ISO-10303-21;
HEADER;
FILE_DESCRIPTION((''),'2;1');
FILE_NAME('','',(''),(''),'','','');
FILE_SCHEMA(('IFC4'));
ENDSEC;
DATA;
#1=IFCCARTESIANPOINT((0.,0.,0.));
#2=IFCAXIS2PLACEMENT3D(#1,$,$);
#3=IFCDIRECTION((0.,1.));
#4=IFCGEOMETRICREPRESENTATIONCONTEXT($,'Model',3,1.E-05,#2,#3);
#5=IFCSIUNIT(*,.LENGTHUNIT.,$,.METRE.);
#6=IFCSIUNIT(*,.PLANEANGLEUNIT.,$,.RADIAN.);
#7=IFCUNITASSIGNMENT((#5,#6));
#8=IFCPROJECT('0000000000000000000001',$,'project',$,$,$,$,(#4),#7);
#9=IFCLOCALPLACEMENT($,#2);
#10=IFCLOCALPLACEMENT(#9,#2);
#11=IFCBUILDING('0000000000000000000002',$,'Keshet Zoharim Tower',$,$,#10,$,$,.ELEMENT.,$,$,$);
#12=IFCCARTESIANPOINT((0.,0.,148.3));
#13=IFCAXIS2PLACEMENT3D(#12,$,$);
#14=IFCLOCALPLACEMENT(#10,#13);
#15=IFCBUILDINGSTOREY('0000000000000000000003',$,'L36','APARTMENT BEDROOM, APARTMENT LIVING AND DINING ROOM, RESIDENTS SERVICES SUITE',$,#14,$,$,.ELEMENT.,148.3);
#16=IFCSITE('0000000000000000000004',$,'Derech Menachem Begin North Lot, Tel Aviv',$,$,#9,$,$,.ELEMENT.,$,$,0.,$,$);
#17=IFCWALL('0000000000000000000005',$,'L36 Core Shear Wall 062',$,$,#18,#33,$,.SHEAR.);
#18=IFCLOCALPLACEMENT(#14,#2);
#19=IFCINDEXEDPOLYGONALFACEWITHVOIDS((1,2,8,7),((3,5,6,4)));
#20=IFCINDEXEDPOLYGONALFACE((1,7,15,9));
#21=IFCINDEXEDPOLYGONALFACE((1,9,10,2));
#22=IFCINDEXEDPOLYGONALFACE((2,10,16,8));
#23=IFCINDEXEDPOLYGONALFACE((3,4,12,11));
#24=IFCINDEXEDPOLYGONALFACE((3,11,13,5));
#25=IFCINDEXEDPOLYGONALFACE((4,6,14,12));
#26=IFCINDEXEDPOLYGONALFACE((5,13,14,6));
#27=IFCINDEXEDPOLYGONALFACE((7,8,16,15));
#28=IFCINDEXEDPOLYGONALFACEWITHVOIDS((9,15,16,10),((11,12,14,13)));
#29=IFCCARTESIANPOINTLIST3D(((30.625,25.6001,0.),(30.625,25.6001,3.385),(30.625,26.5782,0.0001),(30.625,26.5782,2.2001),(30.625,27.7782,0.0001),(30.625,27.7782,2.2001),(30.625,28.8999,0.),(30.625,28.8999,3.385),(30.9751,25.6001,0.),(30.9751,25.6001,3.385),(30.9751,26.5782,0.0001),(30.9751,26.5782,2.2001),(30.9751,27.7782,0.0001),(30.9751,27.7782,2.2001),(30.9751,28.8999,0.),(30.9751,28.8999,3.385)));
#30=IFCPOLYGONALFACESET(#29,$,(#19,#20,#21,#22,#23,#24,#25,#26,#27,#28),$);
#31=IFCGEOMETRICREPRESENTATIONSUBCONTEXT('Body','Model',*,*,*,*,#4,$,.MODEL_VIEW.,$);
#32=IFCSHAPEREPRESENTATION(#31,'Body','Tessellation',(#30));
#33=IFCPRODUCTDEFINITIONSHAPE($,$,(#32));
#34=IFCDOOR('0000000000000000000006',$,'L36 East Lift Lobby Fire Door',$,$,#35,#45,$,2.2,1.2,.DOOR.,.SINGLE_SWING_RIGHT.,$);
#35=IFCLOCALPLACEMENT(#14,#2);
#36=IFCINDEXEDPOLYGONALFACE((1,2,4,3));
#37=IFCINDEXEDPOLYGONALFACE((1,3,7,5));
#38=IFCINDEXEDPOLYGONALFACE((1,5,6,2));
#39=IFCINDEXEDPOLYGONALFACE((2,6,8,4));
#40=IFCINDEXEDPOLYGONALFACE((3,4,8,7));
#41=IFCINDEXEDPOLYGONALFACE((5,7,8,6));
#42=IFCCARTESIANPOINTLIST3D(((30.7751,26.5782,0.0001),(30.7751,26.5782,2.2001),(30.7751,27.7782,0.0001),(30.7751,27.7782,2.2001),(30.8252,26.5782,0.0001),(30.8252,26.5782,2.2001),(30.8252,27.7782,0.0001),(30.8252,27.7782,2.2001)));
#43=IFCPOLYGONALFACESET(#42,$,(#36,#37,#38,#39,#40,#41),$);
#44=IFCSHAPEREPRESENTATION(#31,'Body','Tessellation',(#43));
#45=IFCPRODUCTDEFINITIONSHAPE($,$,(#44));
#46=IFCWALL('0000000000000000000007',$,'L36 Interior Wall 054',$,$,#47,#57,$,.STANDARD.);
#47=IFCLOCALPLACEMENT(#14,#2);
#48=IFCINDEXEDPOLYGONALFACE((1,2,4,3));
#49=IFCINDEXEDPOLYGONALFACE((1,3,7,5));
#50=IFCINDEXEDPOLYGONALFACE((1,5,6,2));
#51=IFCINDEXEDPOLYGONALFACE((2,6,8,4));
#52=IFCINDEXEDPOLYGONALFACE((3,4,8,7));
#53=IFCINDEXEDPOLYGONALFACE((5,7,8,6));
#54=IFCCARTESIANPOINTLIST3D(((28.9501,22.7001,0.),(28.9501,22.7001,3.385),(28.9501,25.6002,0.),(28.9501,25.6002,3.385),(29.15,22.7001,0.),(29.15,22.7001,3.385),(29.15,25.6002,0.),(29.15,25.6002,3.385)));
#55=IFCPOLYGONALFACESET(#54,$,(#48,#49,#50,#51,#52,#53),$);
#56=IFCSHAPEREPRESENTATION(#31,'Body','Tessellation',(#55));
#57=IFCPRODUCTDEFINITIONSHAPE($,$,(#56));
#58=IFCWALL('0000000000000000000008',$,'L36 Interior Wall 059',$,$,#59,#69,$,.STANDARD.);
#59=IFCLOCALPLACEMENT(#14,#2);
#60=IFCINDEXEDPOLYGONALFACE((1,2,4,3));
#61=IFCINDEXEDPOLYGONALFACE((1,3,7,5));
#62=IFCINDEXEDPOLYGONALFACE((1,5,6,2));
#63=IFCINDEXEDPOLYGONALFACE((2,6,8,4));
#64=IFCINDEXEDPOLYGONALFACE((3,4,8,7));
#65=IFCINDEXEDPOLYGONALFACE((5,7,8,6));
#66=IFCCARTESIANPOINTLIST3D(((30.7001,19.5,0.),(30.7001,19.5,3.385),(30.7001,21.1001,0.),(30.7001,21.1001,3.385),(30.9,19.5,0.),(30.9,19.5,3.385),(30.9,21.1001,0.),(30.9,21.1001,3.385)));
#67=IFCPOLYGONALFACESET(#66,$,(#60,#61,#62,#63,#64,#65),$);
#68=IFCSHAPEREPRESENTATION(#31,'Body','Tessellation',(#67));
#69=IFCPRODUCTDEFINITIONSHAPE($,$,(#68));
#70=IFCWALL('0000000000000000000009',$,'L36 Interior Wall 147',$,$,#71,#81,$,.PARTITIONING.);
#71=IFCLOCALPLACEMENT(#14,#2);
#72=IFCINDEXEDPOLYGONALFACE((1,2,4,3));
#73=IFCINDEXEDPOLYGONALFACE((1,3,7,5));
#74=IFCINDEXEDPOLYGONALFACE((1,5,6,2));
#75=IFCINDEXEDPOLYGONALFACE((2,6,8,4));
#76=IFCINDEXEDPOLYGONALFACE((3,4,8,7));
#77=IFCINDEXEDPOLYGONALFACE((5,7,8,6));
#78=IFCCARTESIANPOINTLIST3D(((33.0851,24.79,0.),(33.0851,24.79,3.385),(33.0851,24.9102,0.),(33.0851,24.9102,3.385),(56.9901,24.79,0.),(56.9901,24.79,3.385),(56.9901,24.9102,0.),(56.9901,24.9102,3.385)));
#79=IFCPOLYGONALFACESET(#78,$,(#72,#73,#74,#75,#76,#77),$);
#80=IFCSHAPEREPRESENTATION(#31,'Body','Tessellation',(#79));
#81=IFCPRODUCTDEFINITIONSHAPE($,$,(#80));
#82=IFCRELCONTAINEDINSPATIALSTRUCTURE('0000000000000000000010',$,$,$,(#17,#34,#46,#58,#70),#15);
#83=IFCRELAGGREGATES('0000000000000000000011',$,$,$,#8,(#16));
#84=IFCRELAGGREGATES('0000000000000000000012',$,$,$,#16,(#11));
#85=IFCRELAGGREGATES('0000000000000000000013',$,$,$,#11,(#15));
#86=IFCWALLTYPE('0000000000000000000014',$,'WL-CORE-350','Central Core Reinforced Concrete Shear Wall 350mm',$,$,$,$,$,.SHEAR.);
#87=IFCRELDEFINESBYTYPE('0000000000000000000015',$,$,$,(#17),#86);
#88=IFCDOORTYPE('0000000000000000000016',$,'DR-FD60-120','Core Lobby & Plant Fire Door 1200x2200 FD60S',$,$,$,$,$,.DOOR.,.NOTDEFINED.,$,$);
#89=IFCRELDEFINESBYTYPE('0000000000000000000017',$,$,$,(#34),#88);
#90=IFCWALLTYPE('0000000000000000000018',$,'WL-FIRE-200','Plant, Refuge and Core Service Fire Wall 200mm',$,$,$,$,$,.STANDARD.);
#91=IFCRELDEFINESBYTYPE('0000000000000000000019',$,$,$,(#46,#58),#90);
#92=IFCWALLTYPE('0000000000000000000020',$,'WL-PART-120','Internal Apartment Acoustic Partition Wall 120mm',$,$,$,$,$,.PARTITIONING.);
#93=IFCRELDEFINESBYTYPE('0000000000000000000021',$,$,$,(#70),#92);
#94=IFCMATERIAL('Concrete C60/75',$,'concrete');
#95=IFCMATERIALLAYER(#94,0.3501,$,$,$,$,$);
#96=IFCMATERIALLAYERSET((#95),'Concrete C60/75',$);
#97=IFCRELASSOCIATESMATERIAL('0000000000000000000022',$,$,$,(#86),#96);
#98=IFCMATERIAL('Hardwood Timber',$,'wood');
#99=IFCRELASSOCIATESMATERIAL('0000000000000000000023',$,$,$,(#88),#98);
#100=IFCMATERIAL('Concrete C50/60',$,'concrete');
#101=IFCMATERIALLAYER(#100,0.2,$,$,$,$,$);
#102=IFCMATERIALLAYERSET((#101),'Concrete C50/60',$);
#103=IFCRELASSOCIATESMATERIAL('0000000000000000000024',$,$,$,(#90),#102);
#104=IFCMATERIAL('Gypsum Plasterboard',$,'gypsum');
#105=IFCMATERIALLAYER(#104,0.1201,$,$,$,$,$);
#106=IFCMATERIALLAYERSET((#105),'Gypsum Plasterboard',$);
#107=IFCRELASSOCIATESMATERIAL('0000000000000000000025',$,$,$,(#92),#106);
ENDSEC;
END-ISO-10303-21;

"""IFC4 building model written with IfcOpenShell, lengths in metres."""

from ifc_helpers import new_model, si_unit, direction, frame, frame_2d, origin, place, context, subcontext, project, spatial, rectangle, extrude, material, layer, layer_set, type_object, element, fill, save


model = new_model("IFC4")

# Units and contexts
model_context = context("Model", 3, precision=1e-05, world=origin(), true_north=direction((0.0, 1.0)))
body_context = subcontext(model_context, "Body", "Model", "MODEL_VIEW")
ifc_project = project(units=[si_unit("LENGTHUNIT", "METRE"), si_unit("PLANEANGLEUNIT", "RADIAN")], contexts=[model_context])

# Site, building, storey
site_placement = place(None, origin())
site = spatial("IfcSite", under=ifc_project, at=site_placement, Name="Derech Menachem Begin North Lot, Tel Aviv", CompositionType="ELEMENT", RefElevation=0.0)
building_placement = place(site_placement, origin())
building = spatial("IfcBuilding", under=site, at=building_placement, Name="Keshet Zoharim Tower", CompositionType="ELEMENT")
storey_placement = place(building_placement, frame((0.0, 0.0, 148.3)))
storey = spatial("IfcBuildingStorey", under=building, at=storey_placement, Name="L36", Description="APARTMENT BEDROOM, APARTMENT LIVING AND DINING ROOM, RESIDENTS SERVICES SUITE", CompositionType="ELEMENT", Elevation=148.3)

# Shared definitions
ifc_material_1 = material(Name="Concrete C60/75", Category="concrete")

# Shared definitions
ifc_material_2 = material(Name="Gypsum Plasterboard", Category="gypsum")
ifc_material_3 = material(Name="Hardwood Timber", Category="wood")
ifc_layer_1 = layer(ifc_material_1, 0.3501)
ifc_layer_set_1 = layer_set([ifc_layer_1], Name="Concrete C60/75")
wall_type_1 = type_object("IfcWallType", Name="WL-CORE-350", Description="Central Core Reinforced Concrete Shear Wall 350mm", PredefinedType="SHEAR", material=ifc_layer_set_1)

# Wall, opening, door
wall_1_placement = place(storey_placement, frame((30.8, 25.6001, 0.0), z_axis=(0.0, 0.0, 1.0), x_axis=(0.0, 1.0, 0.0)))
wall_1 = element("IfcWall", 1, at=wall_1_placement, inside=storey, type_object=wall_type_1, Name="L36 Core Shear Wall 062", PredefinedType="SHEAR", context=body_context, shape_type="SweptSolid", body=[
    extrude(rectangle(XDim=3.2998, YDim=0.3501, at=frame_2d((1.6499, 0.0))), origin(), (0.0, 0.0, 1.0), 3.385),
])
opening_1_placement = place(wall_1_placement, frame((0.978, 0.0, 0.0)))
opening_1 = element("IfcOpeningElement", 2, at=opening_1_placement, cuts=wall_1, PredefinedType="OPENING", context=body_context, shape_type="SweptSolid", body=[
    extrude(rectangle(XDim=1.2, YDim=2.2, at=frame_2d((0.6001, 1.1001))), frame((0.0, 0.1851, 0.0), z_axis=(0.0, -1.0, 0.0), x_axis=(1.0, 0.0, 0.0)), (0.0, 0.0, 1.0), 0.3701),
])
door_type_1 = type_object("IfcDoorType", Name="DR-FD60-120", Description="Core Lobby & Plant Fire Door 1200x2200 FD60S", OperationType="NOTDEFINED", PredefinedType="DOOR", material=ifc_material_3)
door_1_placement = place(opening_1_placement, origin())
door_1 = element("IfcDoor", 3, at=door_1_placement, inside=storey, type_object=door_type_1, Name="L36 East Lift Lobby Fire Door", OperationType="SINGLE_SWING_RIGHT", OverallHeight=2.2, OverallWidth=1.2, PredefinedType="DOOR", context=body_context, shape_type="SweptSolid", body=[
    extrude(rectangle(XDim=1.2, YDim=2.2, at=frame_2d((0.6001, 1.1001))), frame((0.0, 0.0249, 0.0), z_axis=(0.0, -1.0, 0.0), x_axis=(1.0, 0.0, 0.0)), (0.0, 0.0, 1.0), 0.05),
])
fill(opening_1, door_1)

# Walls
ifc_material_4 = material(Name="Concrete C50/60", Category="concrete")
ifc_layer_2 = layer(ifc_material_4, 0.2)
ifc_layer_set_2 = layer_set([ifc_layer_2], Name="Concrete C50/60")
wall_type_2 = type_object("IfcWallType", Name="WL-FIRE-200", Description="Plant, Refuge and Core Service Fire Wall 200mm", PredefinedType="STANDARD", material=ifc_layer_set_2)
wall_2_placement = place(storey_placement, frame((29.05, 22.7, 0.0), z_axis=(0.0, 0.0, 1.0), x_axis=(0.0, 1.0, 0.0)))
element("IfcWall", 4, at=wall_2_placement, inside=storey, type_object=wall_type_2, Name="L36 Interior Wall 054", PredefinedType="STANDARD", context=body_context, shape_type="SweptSolid", body=[
    extrude(rectangle(XDim=2.9001, YDim=0.2, at=frame_2d((1.4502, 0.0))), origin(), (0.0, 0.0, 1.0), 3.385),
])
wall_3_placement = place(storey_placement, frame((30.8, 19.5, 0.0), z_axis=(0.0, 0.0, 1.0), x_axis=(0.0, 1.0, 0.0)))
element("IfcWall", 5, at=wall_3_placement, inside=storey, type_object=wall_type_2, Name="L36 Interior Wall 059", PredefinedType="STANDARD", context=body_context, shape_type="SweptSolid", body=[
    extrude(rectangle(XDim=1.6001, YDim=0.2, at=frame_2d((0.8, 0.0))), origin(), (0.0, 0.0, 1.0), 3.385),
])
ifc_layer_3 = layer(ifc_material_2, 0.1201)
ifc_layer_set_3 = layer_set([ifc_layer_3], Name="Gypsum Plasterboard")
wall_type_3 = type_object("IfcWallType", Name="WL-PART-120", Description="Internal Apartment Acoustic Partition Wall 120mm", PredefinedType="PARTITIONING", material=ifc_layer_set_3)
wall_4_placement = place(storey_placement, frame((33.085, 24.8501, 0.0), z_axis=(0.0, 0.0, 1.0), x_axis=(1.0, 0.0, 0.0)))
element("IfcWall", 6, at=wall_4_placement, inside=storey, type_object=wall_type_3, Name="L36 Interior Wall 147", PredefinedType="PARTITIONING", context=body_context, shape_type="SweptSolid", body=[
    extrude(rectangle(XDim=23.905, YDim=0.1201, at=frame_2d((11.9526, 0.0))), origin(), (0.0, 0.0, 1.0), 3.385),
])

save(model, "model.ifc")
